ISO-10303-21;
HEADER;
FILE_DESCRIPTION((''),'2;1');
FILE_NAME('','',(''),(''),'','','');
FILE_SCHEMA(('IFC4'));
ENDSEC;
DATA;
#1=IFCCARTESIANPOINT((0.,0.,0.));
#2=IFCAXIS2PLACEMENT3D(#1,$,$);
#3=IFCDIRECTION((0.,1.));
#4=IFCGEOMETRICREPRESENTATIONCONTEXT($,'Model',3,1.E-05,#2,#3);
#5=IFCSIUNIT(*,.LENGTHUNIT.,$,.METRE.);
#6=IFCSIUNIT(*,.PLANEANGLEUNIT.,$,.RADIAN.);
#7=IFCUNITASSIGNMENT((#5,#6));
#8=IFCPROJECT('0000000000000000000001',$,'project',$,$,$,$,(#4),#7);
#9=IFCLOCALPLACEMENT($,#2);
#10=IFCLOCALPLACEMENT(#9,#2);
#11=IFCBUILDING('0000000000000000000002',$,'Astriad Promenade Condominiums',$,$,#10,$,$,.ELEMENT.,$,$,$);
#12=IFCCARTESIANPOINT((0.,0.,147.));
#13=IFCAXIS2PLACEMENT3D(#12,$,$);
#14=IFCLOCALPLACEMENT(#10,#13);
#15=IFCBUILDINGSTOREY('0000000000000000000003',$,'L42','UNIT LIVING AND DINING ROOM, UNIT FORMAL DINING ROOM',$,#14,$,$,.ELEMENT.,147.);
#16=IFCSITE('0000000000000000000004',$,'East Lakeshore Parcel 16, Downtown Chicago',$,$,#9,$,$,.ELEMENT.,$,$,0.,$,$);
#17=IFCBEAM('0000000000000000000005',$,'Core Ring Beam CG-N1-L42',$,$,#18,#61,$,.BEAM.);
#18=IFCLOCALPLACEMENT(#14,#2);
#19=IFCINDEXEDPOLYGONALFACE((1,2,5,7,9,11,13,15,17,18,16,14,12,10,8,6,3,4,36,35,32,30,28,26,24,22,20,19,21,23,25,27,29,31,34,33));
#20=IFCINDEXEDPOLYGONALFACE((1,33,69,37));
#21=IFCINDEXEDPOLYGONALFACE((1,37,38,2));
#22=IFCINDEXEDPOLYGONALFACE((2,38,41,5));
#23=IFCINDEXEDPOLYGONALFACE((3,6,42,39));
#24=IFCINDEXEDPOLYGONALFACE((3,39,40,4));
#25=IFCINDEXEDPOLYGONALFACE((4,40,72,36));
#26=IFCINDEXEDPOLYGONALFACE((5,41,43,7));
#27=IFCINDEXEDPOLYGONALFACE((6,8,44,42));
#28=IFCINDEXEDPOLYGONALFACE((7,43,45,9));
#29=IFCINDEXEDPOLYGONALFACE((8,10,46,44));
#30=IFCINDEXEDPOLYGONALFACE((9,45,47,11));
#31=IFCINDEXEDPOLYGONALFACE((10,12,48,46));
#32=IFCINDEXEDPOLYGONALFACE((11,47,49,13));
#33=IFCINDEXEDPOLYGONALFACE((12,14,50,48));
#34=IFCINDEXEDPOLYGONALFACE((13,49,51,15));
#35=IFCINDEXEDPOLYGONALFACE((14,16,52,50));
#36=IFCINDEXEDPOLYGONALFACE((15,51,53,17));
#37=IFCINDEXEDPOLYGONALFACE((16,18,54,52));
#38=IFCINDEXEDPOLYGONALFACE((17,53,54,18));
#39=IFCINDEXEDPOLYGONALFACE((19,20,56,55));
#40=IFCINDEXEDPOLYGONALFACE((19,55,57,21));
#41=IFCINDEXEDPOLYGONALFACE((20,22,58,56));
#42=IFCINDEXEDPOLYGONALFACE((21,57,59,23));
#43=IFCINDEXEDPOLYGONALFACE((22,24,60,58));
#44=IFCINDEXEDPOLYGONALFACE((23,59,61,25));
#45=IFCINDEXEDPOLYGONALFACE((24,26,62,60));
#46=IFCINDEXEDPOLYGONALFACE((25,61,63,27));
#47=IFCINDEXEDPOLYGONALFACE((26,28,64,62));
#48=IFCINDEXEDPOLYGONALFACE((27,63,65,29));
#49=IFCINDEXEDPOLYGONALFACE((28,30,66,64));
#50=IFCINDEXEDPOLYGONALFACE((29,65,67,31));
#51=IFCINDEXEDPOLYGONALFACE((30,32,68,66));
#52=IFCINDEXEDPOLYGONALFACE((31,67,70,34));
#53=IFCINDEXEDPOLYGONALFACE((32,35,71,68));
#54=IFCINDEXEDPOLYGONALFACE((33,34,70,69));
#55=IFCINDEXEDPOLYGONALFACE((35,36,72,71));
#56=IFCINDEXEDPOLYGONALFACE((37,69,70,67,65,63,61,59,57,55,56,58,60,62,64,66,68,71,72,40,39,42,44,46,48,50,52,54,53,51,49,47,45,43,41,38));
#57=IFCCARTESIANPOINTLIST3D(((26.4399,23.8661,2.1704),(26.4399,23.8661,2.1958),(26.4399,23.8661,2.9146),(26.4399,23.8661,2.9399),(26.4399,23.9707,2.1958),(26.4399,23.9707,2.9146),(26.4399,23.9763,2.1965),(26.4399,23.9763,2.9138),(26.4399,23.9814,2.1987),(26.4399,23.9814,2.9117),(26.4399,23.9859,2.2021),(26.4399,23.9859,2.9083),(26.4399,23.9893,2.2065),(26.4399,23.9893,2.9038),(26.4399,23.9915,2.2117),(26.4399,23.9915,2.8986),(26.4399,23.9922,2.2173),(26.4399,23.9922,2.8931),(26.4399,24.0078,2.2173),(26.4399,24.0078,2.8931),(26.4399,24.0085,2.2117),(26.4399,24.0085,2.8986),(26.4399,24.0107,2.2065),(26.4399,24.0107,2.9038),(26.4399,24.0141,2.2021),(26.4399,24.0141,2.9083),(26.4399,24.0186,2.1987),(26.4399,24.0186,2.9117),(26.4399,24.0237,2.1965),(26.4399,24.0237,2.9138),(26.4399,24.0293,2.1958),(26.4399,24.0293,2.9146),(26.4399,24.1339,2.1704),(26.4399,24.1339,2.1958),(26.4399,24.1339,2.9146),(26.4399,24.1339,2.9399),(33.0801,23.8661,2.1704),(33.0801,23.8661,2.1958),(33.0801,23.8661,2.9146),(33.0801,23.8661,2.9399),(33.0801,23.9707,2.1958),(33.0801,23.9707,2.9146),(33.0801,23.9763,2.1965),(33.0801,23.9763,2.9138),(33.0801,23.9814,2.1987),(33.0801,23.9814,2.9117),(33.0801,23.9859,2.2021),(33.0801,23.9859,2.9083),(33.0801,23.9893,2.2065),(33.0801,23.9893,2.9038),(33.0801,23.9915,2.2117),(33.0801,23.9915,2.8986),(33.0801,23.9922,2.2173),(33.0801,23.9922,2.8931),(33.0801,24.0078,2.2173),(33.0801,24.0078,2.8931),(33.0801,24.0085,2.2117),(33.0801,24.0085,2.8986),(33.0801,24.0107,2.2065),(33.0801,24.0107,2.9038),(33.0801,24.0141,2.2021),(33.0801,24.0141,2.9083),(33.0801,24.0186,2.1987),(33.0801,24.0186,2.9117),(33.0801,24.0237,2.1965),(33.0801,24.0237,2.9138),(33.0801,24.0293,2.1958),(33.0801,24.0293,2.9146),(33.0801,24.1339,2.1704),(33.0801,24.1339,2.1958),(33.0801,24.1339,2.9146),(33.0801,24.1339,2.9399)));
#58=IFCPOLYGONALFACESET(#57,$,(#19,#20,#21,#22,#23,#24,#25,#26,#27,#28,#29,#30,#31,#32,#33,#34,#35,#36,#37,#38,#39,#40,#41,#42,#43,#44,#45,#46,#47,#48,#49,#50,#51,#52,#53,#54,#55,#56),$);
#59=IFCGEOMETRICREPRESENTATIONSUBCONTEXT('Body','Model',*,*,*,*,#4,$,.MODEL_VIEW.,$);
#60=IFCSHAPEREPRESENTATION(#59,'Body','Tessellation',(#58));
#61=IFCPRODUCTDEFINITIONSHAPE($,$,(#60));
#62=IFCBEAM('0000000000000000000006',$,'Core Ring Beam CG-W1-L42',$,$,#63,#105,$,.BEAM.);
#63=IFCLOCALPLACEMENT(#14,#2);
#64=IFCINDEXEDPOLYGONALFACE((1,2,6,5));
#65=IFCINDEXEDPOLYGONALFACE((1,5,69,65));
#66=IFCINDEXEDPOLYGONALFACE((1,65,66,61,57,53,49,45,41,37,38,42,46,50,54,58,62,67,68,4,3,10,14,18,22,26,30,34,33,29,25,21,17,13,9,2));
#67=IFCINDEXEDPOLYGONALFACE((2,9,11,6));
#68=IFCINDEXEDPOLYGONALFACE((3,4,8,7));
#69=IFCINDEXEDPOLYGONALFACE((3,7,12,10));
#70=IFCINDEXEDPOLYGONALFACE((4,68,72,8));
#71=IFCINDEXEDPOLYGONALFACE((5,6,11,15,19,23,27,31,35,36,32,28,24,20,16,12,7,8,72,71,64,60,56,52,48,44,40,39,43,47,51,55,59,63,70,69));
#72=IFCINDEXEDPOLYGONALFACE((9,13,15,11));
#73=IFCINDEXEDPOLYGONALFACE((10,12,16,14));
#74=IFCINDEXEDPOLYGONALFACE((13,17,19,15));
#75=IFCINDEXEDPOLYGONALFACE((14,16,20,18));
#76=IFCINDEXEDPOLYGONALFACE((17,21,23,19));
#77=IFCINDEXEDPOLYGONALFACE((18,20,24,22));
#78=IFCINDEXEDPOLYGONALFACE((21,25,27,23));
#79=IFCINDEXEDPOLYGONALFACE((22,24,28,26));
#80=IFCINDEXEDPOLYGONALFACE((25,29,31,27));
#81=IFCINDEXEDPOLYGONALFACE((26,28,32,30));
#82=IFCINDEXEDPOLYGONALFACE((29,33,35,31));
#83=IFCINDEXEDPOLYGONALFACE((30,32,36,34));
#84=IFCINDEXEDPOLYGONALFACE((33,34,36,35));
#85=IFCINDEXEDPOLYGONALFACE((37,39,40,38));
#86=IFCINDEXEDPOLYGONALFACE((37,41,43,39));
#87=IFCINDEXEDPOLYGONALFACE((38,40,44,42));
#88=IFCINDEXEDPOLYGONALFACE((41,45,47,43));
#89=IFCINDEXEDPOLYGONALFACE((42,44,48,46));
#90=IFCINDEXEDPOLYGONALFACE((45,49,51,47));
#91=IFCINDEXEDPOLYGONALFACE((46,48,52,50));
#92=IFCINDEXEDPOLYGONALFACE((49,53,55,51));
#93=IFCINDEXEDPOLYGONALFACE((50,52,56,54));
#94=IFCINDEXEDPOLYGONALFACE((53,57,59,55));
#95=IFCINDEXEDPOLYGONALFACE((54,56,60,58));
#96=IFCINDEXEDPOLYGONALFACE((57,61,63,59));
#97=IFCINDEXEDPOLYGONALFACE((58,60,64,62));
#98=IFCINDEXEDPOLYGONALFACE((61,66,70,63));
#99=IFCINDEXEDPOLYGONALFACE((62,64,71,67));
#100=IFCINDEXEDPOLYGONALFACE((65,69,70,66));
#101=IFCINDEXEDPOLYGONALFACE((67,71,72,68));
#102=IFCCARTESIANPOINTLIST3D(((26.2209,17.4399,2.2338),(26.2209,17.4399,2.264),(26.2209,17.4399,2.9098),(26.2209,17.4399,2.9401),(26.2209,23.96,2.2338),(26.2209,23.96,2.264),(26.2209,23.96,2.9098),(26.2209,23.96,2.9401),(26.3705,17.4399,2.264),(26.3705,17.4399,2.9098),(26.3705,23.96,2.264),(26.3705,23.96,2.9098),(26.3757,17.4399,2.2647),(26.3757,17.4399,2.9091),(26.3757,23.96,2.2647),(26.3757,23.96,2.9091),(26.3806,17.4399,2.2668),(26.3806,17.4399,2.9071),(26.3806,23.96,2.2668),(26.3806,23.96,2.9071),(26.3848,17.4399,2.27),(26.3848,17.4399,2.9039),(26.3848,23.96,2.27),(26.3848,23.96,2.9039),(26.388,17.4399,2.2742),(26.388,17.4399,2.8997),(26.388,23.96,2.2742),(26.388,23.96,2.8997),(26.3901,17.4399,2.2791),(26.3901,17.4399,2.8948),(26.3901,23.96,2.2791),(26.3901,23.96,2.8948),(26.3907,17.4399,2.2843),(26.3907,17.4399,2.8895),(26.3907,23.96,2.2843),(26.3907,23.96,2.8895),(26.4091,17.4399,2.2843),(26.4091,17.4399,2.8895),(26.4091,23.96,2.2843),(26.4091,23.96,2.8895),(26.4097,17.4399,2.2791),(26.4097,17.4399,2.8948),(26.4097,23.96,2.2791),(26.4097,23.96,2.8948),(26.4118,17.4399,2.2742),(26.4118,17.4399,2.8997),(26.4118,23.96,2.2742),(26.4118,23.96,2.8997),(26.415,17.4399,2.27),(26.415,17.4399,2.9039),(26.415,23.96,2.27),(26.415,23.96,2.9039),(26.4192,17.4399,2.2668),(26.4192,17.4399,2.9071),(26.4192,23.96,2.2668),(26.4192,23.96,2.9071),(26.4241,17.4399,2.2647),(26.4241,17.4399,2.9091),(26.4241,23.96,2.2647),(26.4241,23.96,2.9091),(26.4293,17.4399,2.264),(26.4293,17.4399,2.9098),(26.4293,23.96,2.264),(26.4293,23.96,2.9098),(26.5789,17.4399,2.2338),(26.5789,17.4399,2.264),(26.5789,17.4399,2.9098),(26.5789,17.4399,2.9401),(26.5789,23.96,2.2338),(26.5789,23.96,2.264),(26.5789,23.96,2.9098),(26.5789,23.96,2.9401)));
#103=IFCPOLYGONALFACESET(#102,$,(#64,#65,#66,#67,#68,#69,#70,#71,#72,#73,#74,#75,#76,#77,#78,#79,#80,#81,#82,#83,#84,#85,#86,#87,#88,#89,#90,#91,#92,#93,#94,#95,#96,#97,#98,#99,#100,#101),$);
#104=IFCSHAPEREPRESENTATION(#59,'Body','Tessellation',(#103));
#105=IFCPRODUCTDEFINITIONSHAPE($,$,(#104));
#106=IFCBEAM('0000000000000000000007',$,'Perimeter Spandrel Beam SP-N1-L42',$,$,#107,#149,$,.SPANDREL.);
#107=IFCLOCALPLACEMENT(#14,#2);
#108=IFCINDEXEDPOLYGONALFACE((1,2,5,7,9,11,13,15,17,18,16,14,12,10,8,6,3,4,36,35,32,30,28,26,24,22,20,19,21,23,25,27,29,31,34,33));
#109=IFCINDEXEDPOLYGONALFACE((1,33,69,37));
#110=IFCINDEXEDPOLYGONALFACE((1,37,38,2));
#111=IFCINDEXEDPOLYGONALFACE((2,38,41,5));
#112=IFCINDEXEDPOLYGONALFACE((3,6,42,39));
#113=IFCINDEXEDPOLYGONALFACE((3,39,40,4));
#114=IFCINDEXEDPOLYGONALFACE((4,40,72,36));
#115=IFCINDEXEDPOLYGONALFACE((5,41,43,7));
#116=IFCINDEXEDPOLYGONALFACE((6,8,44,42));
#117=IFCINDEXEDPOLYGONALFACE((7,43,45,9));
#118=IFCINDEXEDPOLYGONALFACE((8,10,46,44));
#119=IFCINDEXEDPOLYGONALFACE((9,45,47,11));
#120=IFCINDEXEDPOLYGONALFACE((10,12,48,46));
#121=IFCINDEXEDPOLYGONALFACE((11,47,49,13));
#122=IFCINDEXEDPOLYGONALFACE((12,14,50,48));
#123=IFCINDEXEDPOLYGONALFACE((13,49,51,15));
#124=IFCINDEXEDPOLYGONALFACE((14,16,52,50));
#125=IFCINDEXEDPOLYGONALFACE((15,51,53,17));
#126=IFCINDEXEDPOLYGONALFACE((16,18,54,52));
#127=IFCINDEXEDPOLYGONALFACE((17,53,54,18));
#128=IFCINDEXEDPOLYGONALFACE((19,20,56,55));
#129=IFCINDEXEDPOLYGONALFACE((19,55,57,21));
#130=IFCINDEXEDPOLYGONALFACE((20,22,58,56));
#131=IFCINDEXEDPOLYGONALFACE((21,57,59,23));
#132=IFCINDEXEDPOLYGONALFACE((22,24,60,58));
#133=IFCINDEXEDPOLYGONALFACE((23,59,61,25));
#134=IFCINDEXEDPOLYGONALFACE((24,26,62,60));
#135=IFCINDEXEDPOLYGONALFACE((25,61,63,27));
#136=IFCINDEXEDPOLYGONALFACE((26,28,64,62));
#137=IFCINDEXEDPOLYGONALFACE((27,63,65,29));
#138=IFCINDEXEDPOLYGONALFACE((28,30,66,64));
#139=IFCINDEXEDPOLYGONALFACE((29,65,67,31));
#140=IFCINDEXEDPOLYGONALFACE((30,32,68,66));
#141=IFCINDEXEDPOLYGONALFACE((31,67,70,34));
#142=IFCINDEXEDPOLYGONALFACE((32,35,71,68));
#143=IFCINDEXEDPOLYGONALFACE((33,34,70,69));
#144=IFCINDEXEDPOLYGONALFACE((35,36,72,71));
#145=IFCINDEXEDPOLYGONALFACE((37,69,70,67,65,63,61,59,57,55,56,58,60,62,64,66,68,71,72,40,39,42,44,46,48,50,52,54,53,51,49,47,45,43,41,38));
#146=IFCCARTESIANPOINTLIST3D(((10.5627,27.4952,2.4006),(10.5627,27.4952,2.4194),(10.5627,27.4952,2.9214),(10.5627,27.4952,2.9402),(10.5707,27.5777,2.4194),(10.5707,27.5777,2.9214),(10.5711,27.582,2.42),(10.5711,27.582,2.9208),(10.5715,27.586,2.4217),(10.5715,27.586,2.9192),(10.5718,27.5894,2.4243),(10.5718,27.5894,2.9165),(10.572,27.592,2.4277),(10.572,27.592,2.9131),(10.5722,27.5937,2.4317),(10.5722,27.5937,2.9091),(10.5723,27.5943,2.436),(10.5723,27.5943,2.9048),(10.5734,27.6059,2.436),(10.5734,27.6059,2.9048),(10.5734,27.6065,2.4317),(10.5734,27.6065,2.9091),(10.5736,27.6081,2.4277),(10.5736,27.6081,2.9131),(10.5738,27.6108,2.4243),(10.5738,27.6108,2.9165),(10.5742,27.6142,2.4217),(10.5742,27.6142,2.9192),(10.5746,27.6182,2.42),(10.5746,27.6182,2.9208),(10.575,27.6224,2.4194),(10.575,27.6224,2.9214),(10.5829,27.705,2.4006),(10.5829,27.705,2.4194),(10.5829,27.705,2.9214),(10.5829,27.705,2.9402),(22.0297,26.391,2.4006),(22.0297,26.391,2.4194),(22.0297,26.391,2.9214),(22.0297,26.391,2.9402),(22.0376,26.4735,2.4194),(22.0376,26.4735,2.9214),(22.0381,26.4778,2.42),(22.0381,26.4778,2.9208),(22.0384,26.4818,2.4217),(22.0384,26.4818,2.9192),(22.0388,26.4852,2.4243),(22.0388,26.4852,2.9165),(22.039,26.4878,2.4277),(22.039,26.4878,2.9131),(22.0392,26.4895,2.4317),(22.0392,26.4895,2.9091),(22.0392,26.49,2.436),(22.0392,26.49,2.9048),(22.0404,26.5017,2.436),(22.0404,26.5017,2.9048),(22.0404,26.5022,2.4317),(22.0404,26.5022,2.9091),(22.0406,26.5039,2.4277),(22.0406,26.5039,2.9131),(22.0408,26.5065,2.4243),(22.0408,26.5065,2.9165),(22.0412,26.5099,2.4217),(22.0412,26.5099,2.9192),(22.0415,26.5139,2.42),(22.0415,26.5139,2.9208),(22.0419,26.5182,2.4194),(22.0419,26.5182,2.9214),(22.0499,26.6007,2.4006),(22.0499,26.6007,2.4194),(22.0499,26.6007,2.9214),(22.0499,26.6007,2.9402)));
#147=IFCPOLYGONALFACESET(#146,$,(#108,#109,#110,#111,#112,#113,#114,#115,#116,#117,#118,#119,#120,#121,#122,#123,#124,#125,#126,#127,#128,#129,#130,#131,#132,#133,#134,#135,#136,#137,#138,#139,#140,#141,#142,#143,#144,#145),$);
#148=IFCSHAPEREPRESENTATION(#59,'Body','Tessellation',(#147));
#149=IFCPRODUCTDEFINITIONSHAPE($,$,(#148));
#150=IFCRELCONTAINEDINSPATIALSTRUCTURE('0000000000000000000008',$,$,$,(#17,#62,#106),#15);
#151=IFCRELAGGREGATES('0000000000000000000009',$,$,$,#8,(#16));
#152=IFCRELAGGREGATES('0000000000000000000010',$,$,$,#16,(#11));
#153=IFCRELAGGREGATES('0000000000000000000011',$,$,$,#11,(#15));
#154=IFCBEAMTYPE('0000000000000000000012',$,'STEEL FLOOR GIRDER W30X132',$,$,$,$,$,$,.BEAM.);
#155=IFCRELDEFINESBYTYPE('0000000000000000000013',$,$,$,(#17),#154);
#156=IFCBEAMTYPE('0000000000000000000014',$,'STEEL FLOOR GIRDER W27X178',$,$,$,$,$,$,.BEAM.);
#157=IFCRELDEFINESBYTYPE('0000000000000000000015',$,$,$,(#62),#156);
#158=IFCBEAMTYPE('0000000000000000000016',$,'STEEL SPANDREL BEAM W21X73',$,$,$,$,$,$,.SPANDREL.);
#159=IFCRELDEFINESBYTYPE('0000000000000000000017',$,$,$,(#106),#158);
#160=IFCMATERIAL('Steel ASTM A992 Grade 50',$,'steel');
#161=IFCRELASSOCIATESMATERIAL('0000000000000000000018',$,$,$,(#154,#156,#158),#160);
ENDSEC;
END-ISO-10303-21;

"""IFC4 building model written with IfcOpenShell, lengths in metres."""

from ifc_helpers import new_model, si_unit, direction, frame, origin, origin_2d, place, context, subcontext, project, spatial, i_section, extrude, source, transform, mapped, material, material_profile, profile_set, type_object, type_shapes, element, save


model = new_model("IFC4")

# Units and contexts
model_context = context("Model", 3, precision=1e-05, world=origin(), true_north=direction((0.0, 1.0)))
body_context = subcontext(model_context, "Body", "Model", "MODEL_VIEW")
ifc_project = project(units=[si_unit("LENGTHUNIT", "METRE"), si_unit("PLANEANGLEUNIT", "RADIAN")], contexts=[model_context])

# Site, building, storey
site_placement = place(None, origin())
site = spatial("IfcSite", under=ifc_project, at=site_placement, Name="East Lakeshore Parcel 16, Downtown Chicago", CompositionType="ELEMENT", RefElevation=0.0)
building_placement = place(site_placement, origin())
building = spatial("IfcBuilding", under=site, at=building_placement, Name="Astriad Promenade Condominiums", CompositionType="ELEMENT")
storey_placement = place(building_placement, frame((0.0, 0.0, 147.0)))
storey = spatial("IfcBuildingStorey", under=building, at=storey_placement, Name="L42", Description="UNIT LIVING AND DINING ROOM, UNIT FORMAL DINING ROOM", CompositionType="ELEMENT", Elevation=147.0)

# Shared definitions
ifc_material_1 = material(Name="Steel ASTM A992 Grade 50", Category="steel")

# Beams
ifc_material_profile_1 = material_profile(ifc_material_1, i_section(OverallWidth=0.2678, OverallDepth=0.7695, WebThickness=0.0156, FlangeThickness=0.0254, FilletRadius=0.0215, at=origin_2d()), Name="W30X132")
ifc_profile_set_1 = profile_set([ifc_material_profile_1], Name="Steel ASTM A992 Grade 50")
beam_type_1 = type_object("IfcBeamType", Name="STEEL FLOOR GIRDER W30X132", PredefinedType="BEAM", material=ifc_profile_set_1)
shared_shape_1 = source(origin(), body_context, "Body", "SweptSolid", [
    extrude(i_section(OverallWidth=0.2678, OverallDepth=0.7695, WebThickness=0.0156, FlangeThickness=0.0254, FilletRadius=0.0215, at=origin_2d()), origin(), (0.0, 0.0, 1.0), 6.6401),
])
type_shapes(beam_type_1, [shared_shape_1])
beam_1_placement = place(storey_placement, frame((26.4399, 24.0, 2.5552), z_axis=(1.0, 0.0, 0.0), x_axis=(0.0, 1.0, 0.0)))
element("IfcBeam", 1, at=beam_1_placement, inside=storey, type_object=beam_type_1, Name="Core Ring Beam CG-N1-L42", PredefinedType="BEAM", context=body_context, shape_type="MappedRepresentation", body=[
    mapped(shared_shape_1, transform((0.0, 0.0, 0.0), scale=1.0)),
])
ifc_material_profile_2 = material_profile(ifc_material_1, i_section(OverallWidth=0.3579, OverallDepth=0.7063, WebThickness=0.0183, FlangeThickness=0.0303, FilletRadius=0.0203, at=origin_2d()), Name="W27X178")
ifc_profile_set_2 = profile_set([ifc_material_profile_2], Name="Steel ASTM A992 Grade 50")
beam_type_2 = type_object("IfcBeamType", Name="STEEL FLOOR GIRDER W27X178", PredefinedType="BEAM", material=ifc_profile_set_2)
shared_shape_2 = source(origin(), body_context, "Body", "SweptSolid", [
    extrude(i_section(OverallWidth=0.3579, OverallDepth=0.7063, WebThickness=0.0183, FlangeThickness=0.0303, FilletRadius=0.0203, at=origin_2d()), origin(), (0.0, 0.0, 1.0), 6.52),
])
type_shapes(beam_type_2, [shared_shape_2])
beam_2_placement = place(storey_placement, frame((26.3999, 17.4399, 2.5869), z_axis=(0.0, 1.0, 0.0), x_axis=(-1.0, 0.0, 0.0)))
element("IfcBeam", 2, at=beam_2_placement, inside=storey, type_object=beam_type_2, Name="Core Ring Beam CG-W1-L42", PredefinedType="BEAM", context=body_context, shape_type="MappedRepresentation", body=[
    mapped(shared_shape_2, transform((0.0, 0.0, 0.0), scale=1.0)),
])
ifc_material_profile_3 = material_profile(ifc_material_1, i_section(OverallWidth=0.2107, OverallDepth=0.5396, WebThickness=0.0117, FlangeThickness=0.0188, FilletRadius=0.0166, at=origin_2d()), Name="W21X73")
ifc_profile_set_3 = profile_set([ifc_material_profile_3], Name="Steel ASTM A992 Grade 50")
beam_type_3 = type_object("IfcBeamType", Name="STEEL SPANDREL BEAM W21X73", PredefinedType="SPANDREL", material=ifc_profile_set_3)
shared_shape_3 = source(origin(), body_context, "Body", "SweptSolid", [
    extrude(i_section(OverallWidth=0.2107, OverallDepth=0.5396, WebThickness=0.0117, FlangeThickness=0.0188, FilletRadius=0.0166, at=origin_2d()), origin(), (0.0, 0.0, 1.0), 11.52),
])
type_shapes(beam_type_3, [shared_shape_3])
beam_3_placement = place(storey_placement, frame((22.0398, 26.4958, 2.6704), z_axis=(-0.995395, 0.095854, 0.0), x_axis=(-0.095854, -0.995395, 0.0)))
element("IfcBeam", 3, at=beam_3_placement, inside=storey, type_object=beam_type_3, Name="Perimeter Spandrel Beam SP-N1-L42", PredefinedType="SPANDREL", context=body_context, shape_type="MappedRepresentation", body=[
    mapped(shared_shape_3, transform((0.0, 0.0, 0.0), scale=1.0)),
])

save(model, "model.ifc")
